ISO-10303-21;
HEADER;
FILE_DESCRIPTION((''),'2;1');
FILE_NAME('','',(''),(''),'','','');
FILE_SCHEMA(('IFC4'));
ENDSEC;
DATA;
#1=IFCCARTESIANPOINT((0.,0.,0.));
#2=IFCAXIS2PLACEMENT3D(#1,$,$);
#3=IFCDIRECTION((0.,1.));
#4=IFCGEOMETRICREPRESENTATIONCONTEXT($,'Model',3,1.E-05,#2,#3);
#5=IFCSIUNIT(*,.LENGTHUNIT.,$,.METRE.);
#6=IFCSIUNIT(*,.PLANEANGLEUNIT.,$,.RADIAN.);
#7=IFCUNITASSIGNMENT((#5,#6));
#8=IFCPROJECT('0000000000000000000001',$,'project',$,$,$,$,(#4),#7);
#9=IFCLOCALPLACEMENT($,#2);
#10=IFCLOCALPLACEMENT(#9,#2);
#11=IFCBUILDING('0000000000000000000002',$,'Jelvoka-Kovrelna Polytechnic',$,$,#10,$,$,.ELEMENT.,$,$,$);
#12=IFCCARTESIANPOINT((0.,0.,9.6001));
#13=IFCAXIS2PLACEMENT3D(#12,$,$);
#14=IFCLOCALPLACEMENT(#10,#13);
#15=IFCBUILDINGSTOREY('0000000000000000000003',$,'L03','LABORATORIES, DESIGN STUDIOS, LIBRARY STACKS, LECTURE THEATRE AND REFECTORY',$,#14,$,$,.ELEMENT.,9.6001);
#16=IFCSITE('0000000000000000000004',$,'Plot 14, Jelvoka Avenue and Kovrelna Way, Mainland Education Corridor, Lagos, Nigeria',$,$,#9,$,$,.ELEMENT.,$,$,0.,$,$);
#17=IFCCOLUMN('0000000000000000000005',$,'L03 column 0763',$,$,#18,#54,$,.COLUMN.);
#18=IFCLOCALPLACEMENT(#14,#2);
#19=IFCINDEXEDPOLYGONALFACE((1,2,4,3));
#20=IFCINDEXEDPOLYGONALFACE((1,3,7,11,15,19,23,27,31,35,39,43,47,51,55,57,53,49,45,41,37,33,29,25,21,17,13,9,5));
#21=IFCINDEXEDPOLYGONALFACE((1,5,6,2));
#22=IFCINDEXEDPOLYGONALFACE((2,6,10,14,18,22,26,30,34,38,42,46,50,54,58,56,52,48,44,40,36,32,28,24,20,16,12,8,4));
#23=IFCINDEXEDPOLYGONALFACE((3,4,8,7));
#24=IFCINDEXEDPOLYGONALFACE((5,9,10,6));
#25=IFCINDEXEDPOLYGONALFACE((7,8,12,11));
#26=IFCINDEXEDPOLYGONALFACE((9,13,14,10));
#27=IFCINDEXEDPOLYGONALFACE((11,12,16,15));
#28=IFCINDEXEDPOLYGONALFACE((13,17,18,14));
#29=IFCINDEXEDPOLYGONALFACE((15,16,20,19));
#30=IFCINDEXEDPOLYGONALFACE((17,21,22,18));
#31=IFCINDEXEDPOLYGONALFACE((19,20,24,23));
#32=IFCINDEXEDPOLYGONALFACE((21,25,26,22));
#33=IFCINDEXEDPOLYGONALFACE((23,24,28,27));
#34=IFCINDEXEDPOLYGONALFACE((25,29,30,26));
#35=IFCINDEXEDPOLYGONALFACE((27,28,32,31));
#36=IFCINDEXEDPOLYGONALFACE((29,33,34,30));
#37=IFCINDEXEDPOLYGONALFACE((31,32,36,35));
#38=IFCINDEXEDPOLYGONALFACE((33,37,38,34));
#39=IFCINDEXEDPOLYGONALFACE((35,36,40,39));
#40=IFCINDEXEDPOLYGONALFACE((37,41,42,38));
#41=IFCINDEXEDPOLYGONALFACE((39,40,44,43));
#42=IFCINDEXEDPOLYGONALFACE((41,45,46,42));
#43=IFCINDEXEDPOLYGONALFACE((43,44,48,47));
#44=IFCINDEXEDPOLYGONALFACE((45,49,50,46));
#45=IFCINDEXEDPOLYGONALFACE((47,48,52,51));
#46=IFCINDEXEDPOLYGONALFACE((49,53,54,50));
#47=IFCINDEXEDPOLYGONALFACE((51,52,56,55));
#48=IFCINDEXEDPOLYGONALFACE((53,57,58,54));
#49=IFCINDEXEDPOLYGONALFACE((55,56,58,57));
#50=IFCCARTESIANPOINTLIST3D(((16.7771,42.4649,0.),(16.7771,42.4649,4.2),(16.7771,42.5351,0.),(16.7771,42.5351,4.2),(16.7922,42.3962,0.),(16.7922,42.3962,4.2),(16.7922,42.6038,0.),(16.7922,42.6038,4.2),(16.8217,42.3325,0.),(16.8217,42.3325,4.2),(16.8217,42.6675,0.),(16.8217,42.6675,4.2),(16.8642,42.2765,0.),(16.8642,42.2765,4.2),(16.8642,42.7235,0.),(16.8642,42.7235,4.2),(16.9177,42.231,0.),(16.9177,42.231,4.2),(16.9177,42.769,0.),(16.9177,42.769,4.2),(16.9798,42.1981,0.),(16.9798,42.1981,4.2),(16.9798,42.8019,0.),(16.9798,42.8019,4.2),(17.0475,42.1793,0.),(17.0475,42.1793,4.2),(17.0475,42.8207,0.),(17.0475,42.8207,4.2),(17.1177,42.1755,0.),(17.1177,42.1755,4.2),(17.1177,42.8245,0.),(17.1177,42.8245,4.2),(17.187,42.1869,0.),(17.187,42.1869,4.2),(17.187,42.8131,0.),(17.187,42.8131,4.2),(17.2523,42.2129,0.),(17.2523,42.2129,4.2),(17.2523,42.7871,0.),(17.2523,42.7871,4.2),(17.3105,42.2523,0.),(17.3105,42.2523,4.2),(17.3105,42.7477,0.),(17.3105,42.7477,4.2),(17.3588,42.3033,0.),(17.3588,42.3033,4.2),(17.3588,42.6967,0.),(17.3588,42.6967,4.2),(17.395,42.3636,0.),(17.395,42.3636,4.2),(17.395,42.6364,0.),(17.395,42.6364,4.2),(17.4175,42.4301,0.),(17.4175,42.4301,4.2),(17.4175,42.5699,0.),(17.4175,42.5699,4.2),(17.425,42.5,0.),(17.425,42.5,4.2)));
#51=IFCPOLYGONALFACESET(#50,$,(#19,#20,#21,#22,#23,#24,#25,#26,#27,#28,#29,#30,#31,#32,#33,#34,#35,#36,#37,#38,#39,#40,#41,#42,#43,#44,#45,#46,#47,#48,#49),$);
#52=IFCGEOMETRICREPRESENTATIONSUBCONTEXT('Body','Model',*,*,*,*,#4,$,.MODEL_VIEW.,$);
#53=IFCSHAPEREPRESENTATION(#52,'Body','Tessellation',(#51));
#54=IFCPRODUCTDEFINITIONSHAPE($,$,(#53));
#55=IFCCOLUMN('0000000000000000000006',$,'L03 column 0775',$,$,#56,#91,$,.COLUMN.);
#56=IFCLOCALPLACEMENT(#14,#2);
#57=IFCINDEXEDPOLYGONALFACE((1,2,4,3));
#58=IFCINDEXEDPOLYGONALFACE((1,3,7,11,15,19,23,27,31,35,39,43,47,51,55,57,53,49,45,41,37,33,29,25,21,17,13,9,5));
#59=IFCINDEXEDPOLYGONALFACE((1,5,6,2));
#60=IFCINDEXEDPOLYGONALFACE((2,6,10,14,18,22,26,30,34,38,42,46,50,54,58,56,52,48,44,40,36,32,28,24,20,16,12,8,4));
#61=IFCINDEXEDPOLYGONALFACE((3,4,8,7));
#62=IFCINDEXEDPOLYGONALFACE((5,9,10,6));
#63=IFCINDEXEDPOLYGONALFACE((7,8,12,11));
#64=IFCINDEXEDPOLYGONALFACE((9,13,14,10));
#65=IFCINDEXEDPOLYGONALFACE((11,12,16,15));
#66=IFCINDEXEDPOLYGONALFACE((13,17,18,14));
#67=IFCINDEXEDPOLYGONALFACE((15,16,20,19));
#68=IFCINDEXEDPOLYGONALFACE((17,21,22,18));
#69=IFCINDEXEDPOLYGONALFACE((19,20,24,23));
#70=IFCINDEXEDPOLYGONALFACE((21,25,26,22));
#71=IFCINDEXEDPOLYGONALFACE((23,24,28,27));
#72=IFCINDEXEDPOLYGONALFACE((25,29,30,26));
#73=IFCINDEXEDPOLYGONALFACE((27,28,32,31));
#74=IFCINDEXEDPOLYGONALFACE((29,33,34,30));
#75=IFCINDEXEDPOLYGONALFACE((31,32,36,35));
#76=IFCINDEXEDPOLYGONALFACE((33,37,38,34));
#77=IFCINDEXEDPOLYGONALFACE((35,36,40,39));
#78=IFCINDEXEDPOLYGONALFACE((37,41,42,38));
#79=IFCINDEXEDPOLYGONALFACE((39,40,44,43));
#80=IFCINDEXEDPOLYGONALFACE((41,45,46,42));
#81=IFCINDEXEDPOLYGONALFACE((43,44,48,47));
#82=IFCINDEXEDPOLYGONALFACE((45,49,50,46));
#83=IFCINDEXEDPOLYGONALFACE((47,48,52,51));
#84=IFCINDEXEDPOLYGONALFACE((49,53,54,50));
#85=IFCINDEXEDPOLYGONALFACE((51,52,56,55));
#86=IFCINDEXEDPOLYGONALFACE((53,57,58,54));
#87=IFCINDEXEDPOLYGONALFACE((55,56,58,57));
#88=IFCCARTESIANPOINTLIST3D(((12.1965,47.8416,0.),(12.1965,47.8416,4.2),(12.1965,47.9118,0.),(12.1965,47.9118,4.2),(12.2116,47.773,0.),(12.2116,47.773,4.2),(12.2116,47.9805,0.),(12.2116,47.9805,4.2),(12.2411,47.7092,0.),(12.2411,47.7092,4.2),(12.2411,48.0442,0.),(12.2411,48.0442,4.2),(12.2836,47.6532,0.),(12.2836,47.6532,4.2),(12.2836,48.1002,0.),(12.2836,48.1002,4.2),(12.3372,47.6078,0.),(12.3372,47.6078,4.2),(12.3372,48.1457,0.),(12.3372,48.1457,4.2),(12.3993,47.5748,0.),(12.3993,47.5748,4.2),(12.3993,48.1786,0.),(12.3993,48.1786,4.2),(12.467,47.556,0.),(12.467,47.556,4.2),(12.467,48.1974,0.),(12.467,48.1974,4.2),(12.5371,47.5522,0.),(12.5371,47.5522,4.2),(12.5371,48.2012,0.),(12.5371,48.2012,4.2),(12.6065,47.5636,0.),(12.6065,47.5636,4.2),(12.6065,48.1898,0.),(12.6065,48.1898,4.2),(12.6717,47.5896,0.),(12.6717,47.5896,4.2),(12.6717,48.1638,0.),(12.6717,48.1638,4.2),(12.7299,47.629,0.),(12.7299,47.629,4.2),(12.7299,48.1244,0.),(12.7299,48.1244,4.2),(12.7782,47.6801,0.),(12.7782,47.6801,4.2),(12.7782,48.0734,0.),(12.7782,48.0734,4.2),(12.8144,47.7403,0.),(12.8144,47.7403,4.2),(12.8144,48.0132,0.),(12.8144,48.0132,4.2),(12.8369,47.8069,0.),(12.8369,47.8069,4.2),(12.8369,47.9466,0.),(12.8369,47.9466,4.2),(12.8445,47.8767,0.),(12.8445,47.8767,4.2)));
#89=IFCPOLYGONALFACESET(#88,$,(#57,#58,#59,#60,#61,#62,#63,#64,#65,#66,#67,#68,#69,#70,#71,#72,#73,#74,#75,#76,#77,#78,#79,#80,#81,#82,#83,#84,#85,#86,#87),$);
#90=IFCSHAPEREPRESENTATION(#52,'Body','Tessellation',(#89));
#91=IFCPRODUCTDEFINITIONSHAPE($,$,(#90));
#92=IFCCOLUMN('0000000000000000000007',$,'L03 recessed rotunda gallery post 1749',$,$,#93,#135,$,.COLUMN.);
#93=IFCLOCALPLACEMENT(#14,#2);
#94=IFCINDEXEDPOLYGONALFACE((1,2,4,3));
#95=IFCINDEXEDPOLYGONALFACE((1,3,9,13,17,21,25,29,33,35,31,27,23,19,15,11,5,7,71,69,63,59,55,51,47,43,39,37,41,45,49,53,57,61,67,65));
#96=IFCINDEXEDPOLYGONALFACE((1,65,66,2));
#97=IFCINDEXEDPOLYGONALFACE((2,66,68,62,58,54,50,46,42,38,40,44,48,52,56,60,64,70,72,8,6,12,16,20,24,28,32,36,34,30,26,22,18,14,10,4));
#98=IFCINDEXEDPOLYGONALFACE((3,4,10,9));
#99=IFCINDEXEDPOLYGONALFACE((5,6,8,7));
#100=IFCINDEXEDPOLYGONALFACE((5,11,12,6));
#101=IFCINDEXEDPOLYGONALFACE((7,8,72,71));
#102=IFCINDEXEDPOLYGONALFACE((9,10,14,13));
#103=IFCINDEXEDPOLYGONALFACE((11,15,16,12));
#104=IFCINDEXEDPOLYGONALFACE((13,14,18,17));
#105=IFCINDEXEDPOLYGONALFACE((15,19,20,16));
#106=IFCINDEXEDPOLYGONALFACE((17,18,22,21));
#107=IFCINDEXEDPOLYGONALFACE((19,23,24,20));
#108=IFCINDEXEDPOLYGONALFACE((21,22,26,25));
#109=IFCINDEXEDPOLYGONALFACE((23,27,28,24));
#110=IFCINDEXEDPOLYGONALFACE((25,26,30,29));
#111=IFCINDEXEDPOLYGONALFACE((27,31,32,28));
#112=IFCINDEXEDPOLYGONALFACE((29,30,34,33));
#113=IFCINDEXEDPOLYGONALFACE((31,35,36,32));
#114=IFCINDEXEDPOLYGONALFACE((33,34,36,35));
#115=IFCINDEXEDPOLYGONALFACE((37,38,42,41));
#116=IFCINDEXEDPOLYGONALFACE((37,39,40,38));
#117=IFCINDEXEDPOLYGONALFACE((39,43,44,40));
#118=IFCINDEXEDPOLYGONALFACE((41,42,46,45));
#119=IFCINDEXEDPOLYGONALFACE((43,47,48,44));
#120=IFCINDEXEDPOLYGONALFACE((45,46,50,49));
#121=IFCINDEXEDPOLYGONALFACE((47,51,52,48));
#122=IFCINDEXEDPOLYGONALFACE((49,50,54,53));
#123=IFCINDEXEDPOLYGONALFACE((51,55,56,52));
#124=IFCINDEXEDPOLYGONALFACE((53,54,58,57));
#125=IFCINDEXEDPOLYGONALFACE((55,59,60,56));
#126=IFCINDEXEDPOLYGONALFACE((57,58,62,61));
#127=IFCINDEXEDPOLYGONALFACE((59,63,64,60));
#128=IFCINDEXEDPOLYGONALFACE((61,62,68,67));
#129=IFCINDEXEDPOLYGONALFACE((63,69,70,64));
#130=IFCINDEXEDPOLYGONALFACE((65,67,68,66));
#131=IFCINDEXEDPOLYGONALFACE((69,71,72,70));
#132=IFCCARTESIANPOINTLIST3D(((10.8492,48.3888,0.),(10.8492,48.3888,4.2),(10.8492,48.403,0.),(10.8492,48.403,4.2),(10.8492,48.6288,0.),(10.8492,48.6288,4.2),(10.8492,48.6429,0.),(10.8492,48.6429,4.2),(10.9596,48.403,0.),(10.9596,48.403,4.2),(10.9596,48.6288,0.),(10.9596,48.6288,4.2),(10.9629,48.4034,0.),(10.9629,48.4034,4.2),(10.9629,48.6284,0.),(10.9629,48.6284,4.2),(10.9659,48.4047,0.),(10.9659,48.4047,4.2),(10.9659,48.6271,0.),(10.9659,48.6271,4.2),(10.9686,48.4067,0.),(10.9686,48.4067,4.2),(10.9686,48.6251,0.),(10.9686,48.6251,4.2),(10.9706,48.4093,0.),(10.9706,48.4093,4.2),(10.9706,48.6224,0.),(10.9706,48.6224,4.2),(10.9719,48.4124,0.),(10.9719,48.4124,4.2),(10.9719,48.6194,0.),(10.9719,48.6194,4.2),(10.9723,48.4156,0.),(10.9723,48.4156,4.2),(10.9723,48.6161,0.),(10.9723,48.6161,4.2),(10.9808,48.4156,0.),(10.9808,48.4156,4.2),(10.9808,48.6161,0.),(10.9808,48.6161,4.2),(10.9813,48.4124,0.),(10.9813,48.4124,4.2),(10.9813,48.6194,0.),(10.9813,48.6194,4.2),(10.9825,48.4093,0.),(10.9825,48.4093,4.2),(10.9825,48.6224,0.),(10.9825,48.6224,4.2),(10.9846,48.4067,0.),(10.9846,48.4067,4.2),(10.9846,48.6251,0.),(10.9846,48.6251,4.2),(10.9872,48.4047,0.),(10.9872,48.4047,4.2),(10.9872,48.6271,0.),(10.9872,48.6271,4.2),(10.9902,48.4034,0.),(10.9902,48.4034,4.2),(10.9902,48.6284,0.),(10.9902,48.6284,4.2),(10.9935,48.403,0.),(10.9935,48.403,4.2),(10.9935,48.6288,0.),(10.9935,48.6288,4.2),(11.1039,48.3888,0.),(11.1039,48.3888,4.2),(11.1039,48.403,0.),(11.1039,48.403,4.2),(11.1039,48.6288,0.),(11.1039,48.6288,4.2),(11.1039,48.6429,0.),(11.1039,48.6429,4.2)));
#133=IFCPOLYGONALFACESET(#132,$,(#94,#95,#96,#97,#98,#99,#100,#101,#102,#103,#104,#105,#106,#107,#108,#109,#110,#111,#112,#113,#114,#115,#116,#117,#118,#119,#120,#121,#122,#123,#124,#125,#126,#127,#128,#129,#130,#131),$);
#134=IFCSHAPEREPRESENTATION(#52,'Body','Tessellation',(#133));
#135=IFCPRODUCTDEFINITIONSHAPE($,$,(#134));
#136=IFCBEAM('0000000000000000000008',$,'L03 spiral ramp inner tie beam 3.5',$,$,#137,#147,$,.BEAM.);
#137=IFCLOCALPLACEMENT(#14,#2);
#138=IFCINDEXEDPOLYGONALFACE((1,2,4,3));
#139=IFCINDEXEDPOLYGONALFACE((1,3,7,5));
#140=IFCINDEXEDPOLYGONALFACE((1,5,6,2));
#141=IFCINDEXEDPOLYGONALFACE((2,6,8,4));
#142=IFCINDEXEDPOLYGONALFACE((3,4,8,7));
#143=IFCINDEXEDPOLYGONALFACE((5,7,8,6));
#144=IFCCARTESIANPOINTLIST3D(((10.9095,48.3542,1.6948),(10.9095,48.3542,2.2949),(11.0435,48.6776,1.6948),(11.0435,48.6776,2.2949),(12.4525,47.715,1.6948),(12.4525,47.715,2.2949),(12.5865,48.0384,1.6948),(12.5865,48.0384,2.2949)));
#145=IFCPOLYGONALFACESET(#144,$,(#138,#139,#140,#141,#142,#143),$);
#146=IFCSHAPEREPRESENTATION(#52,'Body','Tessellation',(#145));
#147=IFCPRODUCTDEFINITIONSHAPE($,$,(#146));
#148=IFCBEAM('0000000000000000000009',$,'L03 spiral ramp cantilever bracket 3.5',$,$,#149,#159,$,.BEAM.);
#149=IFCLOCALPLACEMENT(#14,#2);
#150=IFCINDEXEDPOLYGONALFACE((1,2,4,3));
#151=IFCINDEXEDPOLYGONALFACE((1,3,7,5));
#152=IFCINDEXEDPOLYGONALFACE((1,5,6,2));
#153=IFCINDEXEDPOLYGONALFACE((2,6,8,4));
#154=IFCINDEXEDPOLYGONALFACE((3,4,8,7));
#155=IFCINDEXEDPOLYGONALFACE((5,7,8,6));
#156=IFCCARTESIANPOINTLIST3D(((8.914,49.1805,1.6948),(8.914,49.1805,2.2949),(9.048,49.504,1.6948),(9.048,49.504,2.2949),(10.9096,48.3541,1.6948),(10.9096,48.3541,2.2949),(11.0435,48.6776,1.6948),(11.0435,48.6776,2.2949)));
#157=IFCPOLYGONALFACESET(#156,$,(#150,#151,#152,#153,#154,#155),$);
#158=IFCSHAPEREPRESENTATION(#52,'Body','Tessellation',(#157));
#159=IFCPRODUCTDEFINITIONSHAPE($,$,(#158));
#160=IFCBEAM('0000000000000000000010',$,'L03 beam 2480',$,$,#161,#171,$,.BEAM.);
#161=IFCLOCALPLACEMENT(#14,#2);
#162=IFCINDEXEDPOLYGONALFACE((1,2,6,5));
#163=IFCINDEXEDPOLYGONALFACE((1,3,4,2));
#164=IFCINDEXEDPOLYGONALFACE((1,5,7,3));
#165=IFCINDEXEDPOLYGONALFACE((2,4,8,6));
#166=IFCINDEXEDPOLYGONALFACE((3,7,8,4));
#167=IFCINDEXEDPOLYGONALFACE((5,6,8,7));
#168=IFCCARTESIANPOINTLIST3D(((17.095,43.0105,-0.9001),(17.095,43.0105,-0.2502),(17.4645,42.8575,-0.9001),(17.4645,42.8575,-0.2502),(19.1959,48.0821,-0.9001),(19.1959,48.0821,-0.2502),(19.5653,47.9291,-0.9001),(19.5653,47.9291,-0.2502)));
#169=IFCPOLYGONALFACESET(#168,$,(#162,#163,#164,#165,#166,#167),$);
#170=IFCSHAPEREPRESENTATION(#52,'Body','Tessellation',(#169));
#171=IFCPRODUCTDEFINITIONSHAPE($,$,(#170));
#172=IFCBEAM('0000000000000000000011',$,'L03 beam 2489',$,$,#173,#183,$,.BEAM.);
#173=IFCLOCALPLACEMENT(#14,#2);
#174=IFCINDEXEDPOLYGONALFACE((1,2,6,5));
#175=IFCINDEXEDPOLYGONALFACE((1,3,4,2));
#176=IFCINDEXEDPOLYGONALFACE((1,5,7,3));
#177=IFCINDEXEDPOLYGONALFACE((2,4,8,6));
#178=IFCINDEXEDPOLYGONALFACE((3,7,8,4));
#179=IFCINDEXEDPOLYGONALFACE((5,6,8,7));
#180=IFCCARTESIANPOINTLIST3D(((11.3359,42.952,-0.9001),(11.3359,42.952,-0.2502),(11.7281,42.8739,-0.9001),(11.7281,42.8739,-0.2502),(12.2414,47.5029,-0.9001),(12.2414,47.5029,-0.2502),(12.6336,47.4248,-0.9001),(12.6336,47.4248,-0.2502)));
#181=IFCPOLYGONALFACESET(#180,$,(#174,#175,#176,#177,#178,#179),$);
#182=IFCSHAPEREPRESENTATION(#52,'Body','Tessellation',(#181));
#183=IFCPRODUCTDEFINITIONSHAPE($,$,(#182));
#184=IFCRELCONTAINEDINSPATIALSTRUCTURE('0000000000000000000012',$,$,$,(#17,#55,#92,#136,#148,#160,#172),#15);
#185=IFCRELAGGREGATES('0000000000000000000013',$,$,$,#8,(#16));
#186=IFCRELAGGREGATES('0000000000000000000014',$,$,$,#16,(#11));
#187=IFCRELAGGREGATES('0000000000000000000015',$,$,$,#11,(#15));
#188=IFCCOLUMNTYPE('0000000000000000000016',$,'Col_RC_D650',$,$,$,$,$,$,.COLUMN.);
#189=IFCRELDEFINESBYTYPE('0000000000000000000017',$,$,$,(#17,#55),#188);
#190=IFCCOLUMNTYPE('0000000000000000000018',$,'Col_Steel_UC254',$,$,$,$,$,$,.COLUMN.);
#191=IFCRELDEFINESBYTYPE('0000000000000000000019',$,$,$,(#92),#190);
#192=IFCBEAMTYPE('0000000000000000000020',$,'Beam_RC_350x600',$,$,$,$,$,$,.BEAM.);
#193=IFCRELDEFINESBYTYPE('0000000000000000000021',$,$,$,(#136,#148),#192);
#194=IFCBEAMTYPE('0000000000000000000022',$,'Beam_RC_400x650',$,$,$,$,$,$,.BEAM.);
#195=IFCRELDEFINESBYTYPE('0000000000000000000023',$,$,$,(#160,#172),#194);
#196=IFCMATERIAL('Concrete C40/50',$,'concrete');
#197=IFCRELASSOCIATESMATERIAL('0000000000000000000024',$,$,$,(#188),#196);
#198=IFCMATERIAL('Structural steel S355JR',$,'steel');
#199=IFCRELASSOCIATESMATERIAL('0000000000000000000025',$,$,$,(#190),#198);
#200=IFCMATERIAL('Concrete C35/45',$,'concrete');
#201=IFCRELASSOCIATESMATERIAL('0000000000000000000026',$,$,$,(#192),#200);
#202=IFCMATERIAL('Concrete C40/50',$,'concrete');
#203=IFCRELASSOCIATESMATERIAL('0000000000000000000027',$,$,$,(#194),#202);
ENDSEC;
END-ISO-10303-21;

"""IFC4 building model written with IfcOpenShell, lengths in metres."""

from ifc_helpers import new_model, si_unit, direction, frame, origin, origin_2d, place, context, subcontext, project, spatial, rectangle, circle, i_section, extrude, material, material_profile, profile_set, type_object, element, save


model = new_model("IFC4")

# Units and contexts
model_context = context("Model", 3, precision=1e-05, world=origin(), true_north=direction((0.0, 1.0)))
body_context = subcontext(model_context, "Body", "Model", "MODEL_VIEW")
ifc_project = project(units=[si_unit("LENGTHUNIT", "METRE"), si_unit("PLANEANGLEUNIT", "RADIAN")], contexts=[model_context])

# Site, building, storey
site_placement = place(None, origin())
site = spatial("IfcSite", under=ifc_project, at=site_placement, Name="Plot 14, Jelvoka Avenue and Kovrelna Way, Mainland Education Corridor, Lagos, Nigeria", CompositionType="ELEMENT", RefElevation=0.0)
building_placement = place(site_placement, origin())
building = spatial("IfcBuilding", under=site, at=building_placement, Name="Jelvoka-Kovrelna Polytechnic", CompositionType="ELEMENT")
storey_placement = place(building_placement, frame((0.0, 0.0, 9.6001)))
storey = spatial("IfcBuildingStorey", under=building, at=storey_placement, Name="L03", Description="LABORATORIES, DESIGN STUDIOS, LIBRARY STACKS, LECTURE THEATRE AND REFECTORY", CompositionType="ELEMENT", Elevation=9.6001)

# Columns
ifc_material_1 = material(Name="Concrete C40/50", Category="concrete")
ifc_material_profile_1 = material_profile(ifc_material_1, circle(Radius=0.325, at=origin_2d()), Name="RC D650")
ifc_profile_set_1 = profile_set([ifc_material_profile_1], Name="Concrete C40/50")
column_type_1 = type_object("IfcColumnType", Name="Col_RC_D650", PredefinedType="COLUMN", material=ifc_profile_set_1)
for number, where, z_axis, x_axis, name in (
    (1, (17.1001, 42.5, 0.0), (0.0, 0.0, 1.0), (1.0, 0.0, 0.0), "L03 column 0763"),
    (2, (12.5195, 47.8767, 0.0), (0.0, 0.0, 1.0), (1.0, 0.0, 0.0), "L03 column 0775"),
):
    element("IfcColumn", number, at=place(storey_placement, frame(where, z_axis=z_axis, x_axis=x_axis)), inside=storey, type_object=column_type_1, Name=name, PredefinedType="COLUMN", context=body_context, shape_type="SweptSolid", body=[
        extrude(circle(Radius=0.325, at=origin_2d()), origin(), (0.0, 0.0, 1.0), 4.2),
    ])
ifc_material_2 = material(Name="Structural steel S355JR", Category="steel")
ifc_material_profile_2 = material_profile(ifc_material_2, i_section(OverallWidth=0.2546, OverallDepth=0.2542, WebThickness=0.0085, FlangeThickness=0.0142, FilletRadius=0.0127, at=origin_2d()), Name="254x254x73 UC")
ifc_profile_set_2 = profile_set([ifc_material_profile_2], Name="Structural steel S355JR")
column_type_2 = type_object("IfcColumnType", Name="Col_Steel_UC254", PredefinedType="COLUMN", material=ifc_profile_set_2)
column_placement = place(storey_placement, frame((10.9766, 48.5159, 0.0), z_axis=(0.0, 0.0, 1.0), x_axis=(1.0, 0.0, 0.0)))
element("IfcColumn", 3, at=column_placement, inside=storey, type_object=column_type_2, Name="L03 recessed rotunda gallery post 1749", PredefinedType="COLUMN", context=body_context, shape_type="SweptSolid", body=[
    extrude(i_section(OverallWidth=0.2546, OverallDepth=0.2542, WebThickness=0.0085, FlangeThickness=0.0142, FilletRadius=0.0127, at=origin_2d()), origin(), (0.0, 0.0, 1.0), 4.2),
])

# Beams
ifc_material_3 = material(Name="Concrete C35/45", Category="concrete")
ifc_material_profile_3 = material_profile(ifc_material_3, rectangle(XDim=0.3501, YDim=0.6001, at=origin_2d()), Name="RC 350x600")
ifc_profile_set_3 = profile_set([ifc_material_profile_3], Name="Concrete C35/45")
beam_type_1 = type_object("IfcBeamType", Name="Beam_RC_350x600", PredefinedType="BEAM", material=ifc_profile_set_3)
beam_1_placement = place(storey_placement, frame((12.5195, 47.8767, 1.9949), z_axis=(-0.923871, 0.382705, 0.0), x_axis=(-0.382705, -0.923871, 0.0)))
element("IfcBeam", 4, at=beam_1_placement, inside=storey, type_object=beam_type_1, Name="L03 spiral ramp inner tie beam 3.5", PredefinedType="BEAM", context=body_context, shape_type="SweptSolid", body=[
    extrude(rectangle(XDim=0.3501, YDim=0.6001, at=origin_2d()), origin(), (0.0, 0.0, 1.0), 1.6702),
])
beam_2_placement = place(storey_placement, frame((10.9766, 48.5159, 1.9949), z_axis=(-0.923911, 0.382608, 0.0), x_axis=(-0.382608, -0.923911, 0.0)))
element("IfcBeam", 5, at=beam_2_placement, inside=storey, type_object=beam_type_1, Name="L03 spiral ramp cantilever bracket 3.5", PredefinedType="BEAM", context=body_context, shape_type="SweptSolid", body=[
    extrude(rectangle(XDim=0.3501, YDim=0.6001, at=origin_2d()), origin(), (0.0, 0.0, 1.0), 2.1599),
])
ifc_material_4 = material(Name="Concrete C40/50", Category="concrete")
ifc_material_profile_4 = material_profile(ifc_material_4, rectangle(XDim=0.3999, YDim=0.6499, at=origin_2d()), Name="RC 400x650")
ifc_profile_set_4 = profile_set([ifc_material_profile_4], Name="Concrete C40/50")
beam_type_2 = type_object("IfcBeamType", Name="Beam_RC_400x650", PredefinedType="BEAM", material=ifc_profile_set_4)
beam_3_placement = place(storey_placement, frame((19.3806, 48.0056, -0.5752), z_axis=(-0.382704, -0.923871, 0.0), x_axis=(0.923871, -0.382704, 0.0)))
element("IfcBeam", 6, at=beam_3_placement, inside=storey, type_object=beam_type_2, Name="L03 beam 2480", PredefinedType="BEAM", context=body_context, shape_type="SweptSolid", body=[
    extrude(rectangle(XDim=0.3999, YDim=0.6499, at=origin_2d()), origin(), (0.0, 0.0, 1.0), 5.4895),
])
beam_4_placement = place(storey_placement, frame((12.4375, 47.4639, -0.5752), z_axis=(-0.195145, -0.980774, 0.0), x_axis=(0.980774, -0.195145, 0.0)))
element("IfcBeam", 7, at=beam_4_placement, inside=storey, type_object=beam_type_2, Name="L03 beam 2489", PredefinedType="BEAM", context=body_context, shape_type="SweptSolid", body=[
    extrude(rectangle(XDim=0.3999, YDim=0.6499, at=origin_2d()), origin(), (0.0, 0.0, 1.0), 4.6401),
])

save(model, "model.ifc")
